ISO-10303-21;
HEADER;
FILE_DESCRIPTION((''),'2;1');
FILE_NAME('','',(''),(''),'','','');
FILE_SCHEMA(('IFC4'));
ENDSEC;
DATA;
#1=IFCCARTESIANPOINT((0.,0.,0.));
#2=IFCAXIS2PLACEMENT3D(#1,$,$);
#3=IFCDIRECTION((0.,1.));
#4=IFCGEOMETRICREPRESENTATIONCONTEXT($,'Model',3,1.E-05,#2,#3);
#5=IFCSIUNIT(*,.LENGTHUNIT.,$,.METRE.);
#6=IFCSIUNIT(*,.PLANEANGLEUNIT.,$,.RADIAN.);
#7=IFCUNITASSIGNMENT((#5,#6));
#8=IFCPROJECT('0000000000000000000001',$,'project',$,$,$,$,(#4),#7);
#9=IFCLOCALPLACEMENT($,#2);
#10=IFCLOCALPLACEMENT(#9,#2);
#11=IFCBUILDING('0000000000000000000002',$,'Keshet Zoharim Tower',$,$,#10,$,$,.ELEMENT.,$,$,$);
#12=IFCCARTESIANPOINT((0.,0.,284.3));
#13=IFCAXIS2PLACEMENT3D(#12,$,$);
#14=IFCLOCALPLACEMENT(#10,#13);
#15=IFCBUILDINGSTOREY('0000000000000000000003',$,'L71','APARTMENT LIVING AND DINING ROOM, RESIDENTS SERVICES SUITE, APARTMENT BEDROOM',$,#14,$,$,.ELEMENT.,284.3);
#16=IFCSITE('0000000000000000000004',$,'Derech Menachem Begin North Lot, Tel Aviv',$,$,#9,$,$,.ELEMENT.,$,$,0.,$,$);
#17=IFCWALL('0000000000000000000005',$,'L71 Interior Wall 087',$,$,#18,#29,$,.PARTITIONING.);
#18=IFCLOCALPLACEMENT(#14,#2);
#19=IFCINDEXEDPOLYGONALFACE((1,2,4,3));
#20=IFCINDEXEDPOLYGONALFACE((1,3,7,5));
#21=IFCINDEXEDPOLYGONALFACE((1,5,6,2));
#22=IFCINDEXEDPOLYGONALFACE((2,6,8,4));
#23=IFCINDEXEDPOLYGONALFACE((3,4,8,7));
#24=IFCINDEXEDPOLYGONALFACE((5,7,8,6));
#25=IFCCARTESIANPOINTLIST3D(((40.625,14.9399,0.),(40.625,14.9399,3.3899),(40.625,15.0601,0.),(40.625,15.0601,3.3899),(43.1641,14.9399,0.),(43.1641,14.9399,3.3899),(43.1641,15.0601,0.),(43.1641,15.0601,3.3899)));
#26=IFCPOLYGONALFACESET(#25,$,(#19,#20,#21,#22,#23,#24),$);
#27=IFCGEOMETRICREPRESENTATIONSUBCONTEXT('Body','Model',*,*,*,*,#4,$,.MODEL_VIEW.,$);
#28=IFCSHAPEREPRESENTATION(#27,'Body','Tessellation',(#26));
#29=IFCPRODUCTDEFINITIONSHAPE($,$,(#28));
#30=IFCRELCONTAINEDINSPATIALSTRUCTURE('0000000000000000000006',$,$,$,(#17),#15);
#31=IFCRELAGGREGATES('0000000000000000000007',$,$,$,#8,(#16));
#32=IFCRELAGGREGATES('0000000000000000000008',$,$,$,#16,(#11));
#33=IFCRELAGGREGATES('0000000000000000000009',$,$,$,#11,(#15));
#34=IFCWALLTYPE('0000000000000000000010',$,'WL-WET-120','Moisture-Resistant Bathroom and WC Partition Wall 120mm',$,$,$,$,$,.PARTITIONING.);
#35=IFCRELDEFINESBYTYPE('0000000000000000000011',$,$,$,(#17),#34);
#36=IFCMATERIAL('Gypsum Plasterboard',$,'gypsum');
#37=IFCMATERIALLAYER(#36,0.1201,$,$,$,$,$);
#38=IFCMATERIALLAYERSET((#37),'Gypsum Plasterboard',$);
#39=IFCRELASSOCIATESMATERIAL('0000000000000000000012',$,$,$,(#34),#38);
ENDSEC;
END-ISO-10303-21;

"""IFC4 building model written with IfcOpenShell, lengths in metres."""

from ifc_helpers import new_model, si_unit, direction, frame, frame_2d, origin, place, context, subcontext, project, spatial, rectangle, extrude, material, layer, layer_set, type_object, element, save


model = new_model("IFC4")

# Units and contexts
model_context = context("Model", 3, precision=1e-05, world=origin(), true_north=direction((0.0, 1.0)))
body_context = subcontext(model_context, "Body", "Model", "MODEL_VIEW")
ifc_project = project(units=[si_unit("LENGTHUNIT", "METRE"), si_unit("PLANEANGLEUNIT", "RADIAN")], contexts=[model_context])

# Site, building, storey
site_placement = place(None, origin())
site = spatial("IfcSite", under=ifc_project, at=site_placement, Name="Derech Menachem Begin North Lot, Tel Aviv", CompositionType="ELEMENT", RefElevation=0.0)
building_placement = place(site_placement, origin())
building = spatial("IfcBuilding", under=site, at=building_placement, Name="Keshet Zoharim Tower", CompositionType="ELEMENT")
storey_placement = place(building_placement, frame((0.0, 0.0, 284.3)))
storey = spatial("IfcBuildingStorey", under=building, at=storey_placement, Name="L71", Description="APARTMENT LIVING AND DINING ROOM, RESIDENTS SERVICES SUITE, APARTMENT BEDROOM", CompositionType="ELEMENT", Elevation=284.3)

# Shared definitions
ifc_material_1 = material(Name="Gypsum Plasterboard", Category="gypsum")

# Wall
ifc_layer_1 = layer(ifc_material_1, 0.1201)
ifc_layer_set_1 = layer_set([ifc_layer_1], Name="Gypsum Plasterboard")
wall_type_1 = type_object("IfcWallType", Name="WL-WET-120", Description="Moisture-Resistant Bathroom and WC Partition Wall 120mm", PredefinedType="PARTITIONING", material=ifc_layer_set_1)
wall_1_placement = place(storey_placement, frame((40.625, 15.0, 0.0), z_axis=(0.0, 0.0, 1.0), x_axis=(1.0, 0.0, 0.0)))
element("IfcWall", 1, at=wall_1_placement, inside=storey, type_object=wall_type_1, Name="L71 Interior Wall 087", PredefinedType="PARTITIONING", context=body_context, shape_type="SweptSolid", body=[
    extrude(rectangle(XDim=2.5391, YDim=0.1201, at=frame_2d((1.2695, 0.0))), origin(), (0.0, 0.0, 1.0), 3.3899),
])

save(model, "model.ifc")
